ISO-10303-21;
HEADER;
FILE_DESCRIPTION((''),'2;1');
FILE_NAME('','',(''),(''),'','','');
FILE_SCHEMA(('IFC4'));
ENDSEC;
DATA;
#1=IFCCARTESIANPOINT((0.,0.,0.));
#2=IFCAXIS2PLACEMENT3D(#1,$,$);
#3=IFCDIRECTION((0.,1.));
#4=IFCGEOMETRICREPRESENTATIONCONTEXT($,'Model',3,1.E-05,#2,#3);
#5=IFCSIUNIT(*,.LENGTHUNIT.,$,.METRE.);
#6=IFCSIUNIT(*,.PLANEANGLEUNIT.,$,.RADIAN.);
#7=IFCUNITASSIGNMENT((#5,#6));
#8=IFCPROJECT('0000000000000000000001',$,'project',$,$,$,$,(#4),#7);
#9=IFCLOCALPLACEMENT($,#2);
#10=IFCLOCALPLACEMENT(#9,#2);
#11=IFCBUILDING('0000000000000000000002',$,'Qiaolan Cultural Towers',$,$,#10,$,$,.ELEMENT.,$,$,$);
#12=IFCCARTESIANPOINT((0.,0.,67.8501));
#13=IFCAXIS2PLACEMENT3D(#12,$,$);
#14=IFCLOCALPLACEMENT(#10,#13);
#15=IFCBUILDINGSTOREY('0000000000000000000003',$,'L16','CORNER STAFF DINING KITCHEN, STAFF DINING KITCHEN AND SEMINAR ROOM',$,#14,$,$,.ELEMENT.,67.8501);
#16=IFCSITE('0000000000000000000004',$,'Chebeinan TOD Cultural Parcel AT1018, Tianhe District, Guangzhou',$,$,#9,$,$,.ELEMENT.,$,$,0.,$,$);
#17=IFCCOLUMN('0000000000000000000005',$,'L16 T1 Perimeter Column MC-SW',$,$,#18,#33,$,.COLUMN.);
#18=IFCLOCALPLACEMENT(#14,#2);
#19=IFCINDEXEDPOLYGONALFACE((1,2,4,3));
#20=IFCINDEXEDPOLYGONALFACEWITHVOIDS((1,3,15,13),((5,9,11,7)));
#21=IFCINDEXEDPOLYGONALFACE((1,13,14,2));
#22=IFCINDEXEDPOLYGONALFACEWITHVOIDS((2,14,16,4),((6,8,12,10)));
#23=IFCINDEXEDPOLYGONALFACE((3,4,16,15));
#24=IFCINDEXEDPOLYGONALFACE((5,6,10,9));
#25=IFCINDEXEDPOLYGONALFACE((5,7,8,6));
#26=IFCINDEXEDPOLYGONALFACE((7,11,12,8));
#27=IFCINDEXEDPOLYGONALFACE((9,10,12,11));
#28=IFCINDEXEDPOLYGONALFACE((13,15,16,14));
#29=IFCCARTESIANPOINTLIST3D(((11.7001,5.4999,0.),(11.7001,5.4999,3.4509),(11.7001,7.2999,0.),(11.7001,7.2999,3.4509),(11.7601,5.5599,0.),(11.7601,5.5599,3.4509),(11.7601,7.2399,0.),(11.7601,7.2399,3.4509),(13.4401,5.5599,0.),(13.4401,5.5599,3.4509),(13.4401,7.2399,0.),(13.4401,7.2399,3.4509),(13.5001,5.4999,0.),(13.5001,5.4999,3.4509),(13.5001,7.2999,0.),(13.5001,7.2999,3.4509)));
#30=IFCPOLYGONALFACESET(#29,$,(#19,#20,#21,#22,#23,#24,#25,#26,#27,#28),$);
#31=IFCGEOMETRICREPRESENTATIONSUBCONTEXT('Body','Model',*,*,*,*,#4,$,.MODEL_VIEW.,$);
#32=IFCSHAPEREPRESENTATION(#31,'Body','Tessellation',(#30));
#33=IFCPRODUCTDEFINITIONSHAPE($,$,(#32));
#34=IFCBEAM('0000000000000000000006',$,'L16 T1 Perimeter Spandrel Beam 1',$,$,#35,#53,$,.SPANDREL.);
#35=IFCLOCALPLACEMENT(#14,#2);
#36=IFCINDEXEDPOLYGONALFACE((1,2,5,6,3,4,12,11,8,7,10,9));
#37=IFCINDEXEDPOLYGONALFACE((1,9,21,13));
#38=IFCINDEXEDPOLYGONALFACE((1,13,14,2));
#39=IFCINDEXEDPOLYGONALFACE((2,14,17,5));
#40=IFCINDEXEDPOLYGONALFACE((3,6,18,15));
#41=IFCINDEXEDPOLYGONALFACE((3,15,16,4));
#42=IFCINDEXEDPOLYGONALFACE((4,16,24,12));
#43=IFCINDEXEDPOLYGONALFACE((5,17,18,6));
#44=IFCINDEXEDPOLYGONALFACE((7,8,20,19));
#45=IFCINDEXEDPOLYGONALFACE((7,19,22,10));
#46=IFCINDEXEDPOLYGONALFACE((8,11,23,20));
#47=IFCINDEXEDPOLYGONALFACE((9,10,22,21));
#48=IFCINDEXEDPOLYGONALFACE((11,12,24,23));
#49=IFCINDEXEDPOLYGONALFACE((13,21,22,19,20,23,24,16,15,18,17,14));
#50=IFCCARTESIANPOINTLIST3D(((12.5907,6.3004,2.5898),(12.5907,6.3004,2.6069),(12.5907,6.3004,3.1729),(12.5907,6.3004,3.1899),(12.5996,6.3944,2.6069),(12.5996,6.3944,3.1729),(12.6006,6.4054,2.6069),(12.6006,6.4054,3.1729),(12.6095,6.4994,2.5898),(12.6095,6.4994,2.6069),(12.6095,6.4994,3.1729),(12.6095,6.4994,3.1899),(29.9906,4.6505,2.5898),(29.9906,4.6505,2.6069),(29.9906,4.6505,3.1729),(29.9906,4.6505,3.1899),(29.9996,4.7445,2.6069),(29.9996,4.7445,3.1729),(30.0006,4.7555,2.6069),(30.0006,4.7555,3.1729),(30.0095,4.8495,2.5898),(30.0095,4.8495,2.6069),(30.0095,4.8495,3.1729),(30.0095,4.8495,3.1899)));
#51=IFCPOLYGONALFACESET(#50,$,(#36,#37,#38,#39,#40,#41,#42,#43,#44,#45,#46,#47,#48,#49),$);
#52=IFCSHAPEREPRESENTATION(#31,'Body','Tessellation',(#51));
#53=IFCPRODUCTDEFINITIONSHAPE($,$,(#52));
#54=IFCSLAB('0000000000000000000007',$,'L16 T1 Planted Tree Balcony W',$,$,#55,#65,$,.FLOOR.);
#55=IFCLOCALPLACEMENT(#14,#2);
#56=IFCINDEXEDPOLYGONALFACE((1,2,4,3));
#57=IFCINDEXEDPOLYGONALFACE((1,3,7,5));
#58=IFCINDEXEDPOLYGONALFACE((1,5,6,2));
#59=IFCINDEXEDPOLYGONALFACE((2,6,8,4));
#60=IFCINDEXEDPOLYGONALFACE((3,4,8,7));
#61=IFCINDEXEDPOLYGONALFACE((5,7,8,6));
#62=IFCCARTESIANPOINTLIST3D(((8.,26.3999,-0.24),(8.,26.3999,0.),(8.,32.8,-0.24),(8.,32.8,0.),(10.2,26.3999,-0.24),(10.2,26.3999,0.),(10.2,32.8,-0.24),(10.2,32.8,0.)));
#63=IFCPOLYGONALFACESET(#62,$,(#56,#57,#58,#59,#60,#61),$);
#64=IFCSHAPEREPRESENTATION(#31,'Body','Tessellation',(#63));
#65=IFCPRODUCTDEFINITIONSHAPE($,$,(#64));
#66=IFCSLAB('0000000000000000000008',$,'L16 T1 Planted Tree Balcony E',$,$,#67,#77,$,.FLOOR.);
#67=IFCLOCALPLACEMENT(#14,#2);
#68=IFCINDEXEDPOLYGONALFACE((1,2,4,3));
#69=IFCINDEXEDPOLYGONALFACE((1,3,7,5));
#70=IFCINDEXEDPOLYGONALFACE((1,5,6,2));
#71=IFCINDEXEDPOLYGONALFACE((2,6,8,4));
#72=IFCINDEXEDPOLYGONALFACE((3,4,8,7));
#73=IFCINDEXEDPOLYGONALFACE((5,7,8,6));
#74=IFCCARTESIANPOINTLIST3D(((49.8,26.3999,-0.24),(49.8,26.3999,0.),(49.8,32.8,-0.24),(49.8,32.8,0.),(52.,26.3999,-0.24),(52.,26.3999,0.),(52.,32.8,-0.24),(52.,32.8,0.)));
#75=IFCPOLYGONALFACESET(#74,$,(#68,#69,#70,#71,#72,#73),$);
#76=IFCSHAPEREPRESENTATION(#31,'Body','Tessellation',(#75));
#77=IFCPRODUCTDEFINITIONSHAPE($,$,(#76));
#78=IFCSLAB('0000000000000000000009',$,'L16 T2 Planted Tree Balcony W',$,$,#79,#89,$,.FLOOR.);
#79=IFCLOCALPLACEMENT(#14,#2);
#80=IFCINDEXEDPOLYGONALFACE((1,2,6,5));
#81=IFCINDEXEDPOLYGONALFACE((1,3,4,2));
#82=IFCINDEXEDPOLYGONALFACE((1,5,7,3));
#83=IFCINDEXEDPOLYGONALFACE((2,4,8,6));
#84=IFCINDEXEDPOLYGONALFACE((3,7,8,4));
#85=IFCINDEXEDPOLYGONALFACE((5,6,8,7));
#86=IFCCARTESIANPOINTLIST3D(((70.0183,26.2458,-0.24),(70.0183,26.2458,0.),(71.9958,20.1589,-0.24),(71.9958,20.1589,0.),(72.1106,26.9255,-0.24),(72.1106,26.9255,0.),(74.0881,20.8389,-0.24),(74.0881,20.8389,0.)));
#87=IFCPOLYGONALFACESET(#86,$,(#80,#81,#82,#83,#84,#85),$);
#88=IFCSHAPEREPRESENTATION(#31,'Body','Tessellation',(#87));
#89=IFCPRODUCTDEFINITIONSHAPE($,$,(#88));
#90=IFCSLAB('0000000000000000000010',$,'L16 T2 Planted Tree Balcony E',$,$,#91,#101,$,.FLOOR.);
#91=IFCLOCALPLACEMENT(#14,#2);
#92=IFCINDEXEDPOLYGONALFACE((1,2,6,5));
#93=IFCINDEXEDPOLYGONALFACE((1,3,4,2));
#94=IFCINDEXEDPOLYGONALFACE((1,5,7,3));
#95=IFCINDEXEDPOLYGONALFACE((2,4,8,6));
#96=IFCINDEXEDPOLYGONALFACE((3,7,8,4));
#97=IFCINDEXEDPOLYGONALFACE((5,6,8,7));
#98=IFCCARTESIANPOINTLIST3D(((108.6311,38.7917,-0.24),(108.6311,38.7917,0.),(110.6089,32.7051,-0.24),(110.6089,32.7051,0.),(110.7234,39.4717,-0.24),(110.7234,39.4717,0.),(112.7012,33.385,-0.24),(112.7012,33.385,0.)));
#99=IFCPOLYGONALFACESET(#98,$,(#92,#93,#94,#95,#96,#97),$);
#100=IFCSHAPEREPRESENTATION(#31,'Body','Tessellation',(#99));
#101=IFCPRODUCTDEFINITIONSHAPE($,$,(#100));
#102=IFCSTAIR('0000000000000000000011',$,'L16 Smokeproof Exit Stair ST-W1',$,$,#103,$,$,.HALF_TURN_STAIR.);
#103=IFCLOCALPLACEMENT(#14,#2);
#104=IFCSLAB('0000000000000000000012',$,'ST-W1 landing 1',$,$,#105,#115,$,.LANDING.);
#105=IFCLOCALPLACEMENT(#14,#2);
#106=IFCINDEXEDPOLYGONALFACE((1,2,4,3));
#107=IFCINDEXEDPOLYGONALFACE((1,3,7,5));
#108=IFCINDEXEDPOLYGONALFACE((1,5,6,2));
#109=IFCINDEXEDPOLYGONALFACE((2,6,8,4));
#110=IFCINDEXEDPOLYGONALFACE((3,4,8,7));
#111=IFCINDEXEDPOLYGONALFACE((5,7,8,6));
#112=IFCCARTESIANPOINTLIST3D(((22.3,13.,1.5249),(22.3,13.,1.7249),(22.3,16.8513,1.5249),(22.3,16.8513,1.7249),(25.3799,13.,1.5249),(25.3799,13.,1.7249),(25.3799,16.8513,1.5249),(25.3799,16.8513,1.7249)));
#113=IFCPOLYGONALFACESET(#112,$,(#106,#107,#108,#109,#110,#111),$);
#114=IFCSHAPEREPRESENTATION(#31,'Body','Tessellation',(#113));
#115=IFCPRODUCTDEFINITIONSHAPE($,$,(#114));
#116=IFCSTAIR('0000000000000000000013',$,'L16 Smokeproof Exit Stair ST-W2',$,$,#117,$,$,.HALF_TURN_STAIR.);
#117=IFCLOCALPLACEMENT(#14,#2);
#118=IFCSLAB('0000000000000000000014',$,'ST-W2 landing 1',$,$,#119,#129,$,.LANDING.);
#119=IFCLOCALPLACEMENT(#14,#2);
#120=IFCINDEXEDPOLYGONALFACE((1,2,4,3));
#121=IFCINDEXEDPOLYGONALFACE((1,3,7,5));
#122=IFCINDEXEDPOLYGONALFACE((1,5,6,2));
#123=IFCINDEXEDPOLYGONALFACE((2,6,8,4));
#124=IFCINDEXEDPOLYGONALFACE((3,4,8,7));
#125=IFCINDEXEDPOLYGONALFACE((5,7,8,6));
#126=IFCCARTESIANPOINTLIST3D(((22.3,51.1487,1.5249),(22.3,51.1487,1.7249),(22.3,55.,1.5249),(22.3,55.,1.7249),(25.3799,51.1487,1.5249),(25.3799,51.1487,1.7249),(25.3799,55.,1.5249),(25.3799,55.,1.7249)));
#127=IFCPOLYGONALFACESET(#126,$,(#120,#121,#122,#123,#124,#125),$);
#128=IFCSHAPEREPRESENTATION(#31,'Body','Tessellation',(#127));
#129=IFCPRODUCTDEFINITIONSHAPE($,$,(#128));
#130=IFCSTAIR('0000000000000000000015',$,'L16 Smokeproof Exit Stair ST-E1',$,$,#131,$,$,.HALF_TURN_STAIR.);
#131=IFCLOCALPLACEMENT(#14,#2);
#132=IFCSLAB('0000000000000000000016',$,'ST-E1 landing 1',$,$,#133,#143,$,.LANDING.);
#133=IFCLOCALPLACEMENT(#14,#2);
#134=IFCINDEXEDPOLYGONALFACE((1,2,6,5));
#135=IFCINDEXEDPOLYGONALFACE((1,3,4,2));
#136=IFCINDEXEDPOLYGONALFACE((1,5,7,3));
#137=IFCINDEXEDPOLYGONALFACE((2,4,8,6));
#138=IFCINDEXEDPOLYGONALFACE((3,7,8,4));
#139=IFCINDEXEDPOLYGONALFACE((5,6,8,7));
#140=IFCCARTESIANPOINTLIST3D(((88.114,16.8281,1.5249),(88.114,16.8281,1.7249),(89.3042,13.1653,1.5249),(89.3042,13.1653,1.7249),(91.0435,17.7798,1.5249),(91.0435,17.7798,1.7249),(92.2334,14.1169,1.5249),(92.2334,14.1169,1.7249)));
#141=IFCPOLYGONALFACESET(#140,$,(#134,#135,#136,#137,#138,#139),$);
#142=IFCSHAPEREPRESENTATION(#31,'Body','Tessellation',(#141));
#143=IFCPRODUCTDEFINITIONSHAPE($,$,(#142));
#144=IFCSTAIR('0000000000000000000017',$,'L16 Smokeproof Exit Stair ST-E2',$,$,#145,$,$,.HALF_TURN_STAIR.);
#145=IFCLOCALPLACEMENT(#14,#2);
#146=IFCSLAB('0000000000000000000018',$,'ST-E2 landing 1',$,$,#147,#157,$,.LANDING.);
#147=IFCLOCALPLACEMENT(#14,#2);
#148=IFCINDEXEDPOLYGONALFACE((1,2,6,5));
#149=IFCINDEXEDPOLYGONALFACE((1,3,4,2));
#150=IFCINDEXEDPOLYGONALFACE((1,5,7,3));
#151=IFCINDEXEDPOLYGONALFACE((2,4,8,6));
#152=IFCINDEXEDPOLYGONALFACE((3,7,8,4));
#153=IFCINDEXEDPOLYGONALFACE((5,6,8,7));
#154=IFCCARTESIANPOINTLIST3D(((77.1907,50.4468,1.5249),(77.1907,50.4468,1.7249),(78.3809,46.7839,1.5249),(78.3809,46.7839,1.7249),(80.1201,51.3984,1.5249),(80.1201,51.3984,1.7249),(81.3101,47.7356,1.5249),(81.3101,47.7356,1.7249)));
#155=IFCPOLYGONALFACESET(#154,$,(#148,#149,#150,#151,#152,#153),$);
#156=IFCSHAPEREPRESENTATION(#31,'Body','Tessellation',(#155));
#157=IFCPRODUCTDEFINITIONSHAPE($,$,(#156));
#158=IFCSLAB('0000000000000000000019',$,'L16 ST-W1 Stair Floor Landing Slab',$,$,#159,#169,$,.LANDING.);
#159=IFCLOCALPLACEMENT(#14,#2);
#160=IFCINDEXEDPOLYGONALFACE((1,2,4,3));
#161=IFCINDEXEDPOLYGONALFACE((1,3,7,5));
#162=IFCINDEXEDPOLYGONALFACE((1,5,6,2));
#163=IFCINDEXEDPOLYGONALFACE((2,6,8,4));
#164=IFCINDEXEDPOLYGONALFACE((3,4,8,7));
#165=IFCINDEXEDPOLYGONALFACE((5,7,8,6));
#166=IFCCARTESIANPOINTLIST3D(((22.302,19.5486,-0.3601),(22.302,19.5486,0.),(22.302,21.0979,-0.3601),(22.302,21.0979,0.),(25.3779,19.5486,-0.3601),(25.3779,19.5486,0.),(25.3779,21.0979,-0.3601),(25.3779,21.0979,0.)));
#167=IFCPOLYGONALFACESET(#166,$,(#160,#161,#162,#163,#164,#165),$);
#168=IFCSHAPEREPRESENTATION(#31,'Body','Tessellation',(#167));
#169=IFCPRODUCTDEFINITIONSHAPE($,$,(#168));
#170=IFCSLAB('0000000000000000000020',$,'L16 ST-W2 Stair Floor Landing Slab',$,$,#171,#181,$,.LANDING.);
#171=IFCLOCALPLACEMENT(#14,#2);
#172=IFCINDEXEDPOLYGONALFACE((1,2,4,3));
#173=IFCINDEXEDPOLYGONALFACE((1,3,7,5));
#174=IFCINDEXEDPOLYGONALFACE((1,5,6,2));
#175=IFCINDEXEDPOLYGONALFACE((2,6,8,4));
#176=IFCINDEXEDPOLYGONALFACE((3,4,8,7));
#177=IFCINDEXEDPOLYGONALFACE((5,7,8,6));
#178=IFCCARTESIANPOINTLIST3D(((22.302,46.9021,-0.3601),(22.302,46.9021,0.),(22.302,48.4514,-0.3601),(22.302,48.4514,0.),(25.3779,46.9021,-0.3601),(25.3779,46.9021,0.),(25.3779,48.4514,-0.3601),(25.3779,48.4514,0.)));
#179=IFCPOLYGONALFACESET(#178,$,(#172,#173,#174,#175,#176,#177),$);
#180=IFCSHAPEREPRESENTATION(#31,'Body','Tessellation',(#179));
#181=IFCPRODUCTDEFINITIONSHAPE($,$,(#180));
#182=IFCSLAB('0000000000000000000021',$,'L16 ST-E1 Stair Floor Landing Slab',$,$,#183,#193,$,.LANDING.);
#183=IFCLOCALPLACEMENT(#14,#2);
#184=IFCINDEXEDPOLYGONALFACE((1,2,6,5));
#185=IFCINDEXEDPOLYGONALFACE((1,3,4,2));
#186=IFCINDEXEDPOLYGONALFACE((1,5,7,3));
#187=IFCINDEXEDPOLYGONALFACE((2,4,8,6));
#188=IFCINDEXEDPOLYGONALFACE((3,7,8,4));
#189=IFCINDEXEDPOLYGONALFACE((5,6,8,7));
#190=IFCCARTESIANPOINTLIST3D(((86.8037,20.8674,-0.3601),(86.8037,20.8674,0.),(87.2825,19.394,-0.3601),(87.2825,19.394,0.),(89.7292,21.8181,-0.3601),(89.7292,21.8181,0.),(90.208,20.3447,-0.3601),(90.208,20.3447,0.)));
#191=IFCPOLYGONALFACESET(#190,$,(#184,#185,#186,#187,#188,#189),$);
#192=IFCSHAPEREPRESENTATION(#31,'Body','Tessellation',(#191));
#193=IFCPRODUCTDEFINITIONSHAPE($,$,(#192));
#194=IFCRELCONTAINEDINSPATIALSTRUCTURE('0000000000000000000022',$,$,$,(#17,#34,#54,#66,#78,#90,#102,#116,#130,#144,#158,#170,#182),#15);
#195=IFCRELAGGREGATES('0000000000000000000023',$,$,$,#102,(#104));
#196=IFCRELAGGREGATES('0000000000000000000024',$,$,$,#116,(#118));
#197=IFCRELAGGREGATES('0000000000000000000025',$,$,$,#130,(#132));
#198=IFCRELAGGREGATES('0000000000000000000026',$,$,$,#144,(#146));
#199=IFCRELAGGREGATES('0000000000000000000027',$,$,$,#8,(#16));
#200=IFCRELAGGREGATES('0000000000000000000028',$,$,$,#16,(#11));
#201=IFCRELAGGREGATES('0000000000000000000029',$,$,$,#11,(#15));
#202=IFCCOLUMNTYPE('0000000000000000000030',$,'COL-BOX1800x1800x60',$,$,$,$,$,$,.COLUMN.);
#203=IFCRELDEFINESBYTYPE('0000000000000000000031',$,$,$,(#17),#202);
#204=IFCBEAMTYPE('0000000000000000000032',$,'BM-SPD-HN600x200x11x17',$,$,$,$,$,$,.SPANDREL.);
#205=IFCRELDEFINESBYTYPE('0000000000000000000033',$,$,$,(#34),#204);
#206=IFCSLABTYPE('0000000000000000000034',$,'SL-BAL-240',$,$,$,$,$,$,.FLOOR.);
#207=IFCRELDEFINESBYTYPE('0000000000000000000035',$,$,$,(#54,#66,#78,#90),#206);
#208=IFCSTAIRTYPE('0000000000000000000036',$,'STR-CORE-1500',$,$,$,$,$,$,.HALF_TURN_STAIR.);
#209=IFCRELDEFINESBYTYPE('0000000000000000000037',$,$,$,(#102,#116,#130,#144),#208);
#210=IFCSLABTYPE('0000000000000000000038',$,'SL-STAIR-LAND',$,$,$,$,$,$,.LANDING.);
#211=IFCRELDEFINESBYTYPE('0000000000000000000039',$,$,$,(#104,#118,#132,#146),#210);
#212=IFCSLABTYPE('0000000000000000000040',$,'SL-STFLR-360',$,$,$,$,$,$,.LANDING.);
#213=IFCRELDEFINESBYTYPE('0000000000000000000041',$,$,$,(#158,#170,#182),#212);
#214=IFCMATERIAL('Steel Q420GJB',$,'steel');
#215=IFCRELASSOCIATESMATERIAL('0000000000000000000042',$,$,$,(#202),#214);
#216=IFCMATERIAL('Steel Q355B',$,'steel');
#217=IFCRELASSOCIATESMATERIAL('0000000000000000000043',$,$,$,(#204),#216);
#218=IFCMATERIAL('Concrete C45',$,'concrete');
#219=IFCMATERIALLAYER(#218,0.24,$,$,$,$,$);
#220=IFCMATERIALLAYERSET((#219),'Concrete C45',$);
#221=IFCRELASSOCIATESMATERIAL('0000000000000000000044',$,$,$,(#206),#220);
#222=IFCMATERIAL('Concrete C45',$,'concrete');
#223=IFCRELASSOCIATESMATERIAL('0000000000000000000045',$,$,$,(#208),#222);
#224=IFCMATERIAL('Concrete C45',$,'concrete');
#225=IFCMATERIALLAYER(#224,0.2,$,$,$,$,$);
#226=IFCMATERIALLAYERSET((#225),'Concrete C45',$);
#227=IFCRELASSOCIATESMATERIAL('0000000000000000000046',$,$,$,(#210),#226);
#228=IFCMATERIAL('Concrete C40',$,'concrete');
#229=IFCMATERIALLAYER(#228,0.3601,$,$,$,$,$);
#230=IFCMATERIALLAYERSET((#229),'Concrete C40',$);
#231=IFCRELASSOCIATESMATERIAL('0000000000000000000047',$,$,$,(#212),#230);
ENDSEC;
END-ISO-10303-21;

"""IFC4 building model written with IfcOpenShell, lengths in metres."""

from ifc_helpers import new_model, si_unit, direction, frame, origin, origin_2d, place, context, subcontext, project, spatial, polyline, hollow_rectangle, i_section, outline, extrude, material, layer, layer_set, material_profile, profile_set, type_object, element, aggregate, save


model = new_model("IFC4")

# Units and contexts
model_context = context("Model", 3, precision=1e-05, world=origin(), true_north=direction((0.0, 1.0)))
body_context = subcontext(model_context, "Body", "Model", "MODEL_VIEW")
ifc_project = project(units=[si_unit("LENGTHUNIT", "METRE"), si_unit("PLANEANGLEUNIT", "RADIAN")], contexts=[model_context])

# Site, building, storey
site_placement = place(None, origin())
site = spatial("IfcSite", under=ifc_project, at=site_placement, Name="Chebeinan TOD Cultural Parcel AT1018, Tianhe District, Guangzhou", CompositionType="ELEMENT", RefElevation=0.0)
building_placement = place(site_placement, origin())
building = spatial("IfcBuilding", under=site, at=building_placement, Name="Qiaolan Cultural Towers", CompositionType="ELEMENT")
storey_placement = place(building_placement, frame((0.0, 0.0, 67.8501)))
storey = spatial("IfcBuildingStorey", under=building, at=storey_placement, Name="L16", Description="CORNER STAFF DINING KITCHEN, STAFF DINING KITCHEN AND SEMINAR ROOM", CompositionType="ELEMENT", Elevation=67.8501)

# Column
ifc_material_1 = material(Name="Steel Q420GJB", Category="steel")
ifc_material_profile_1 = material_profile(ifc_material_1, hollow_rectangle(XDim=1.8, YDim=1.8, WallThickness=0.0601, at=origin_2d()), Name="BOX1800x1800x60")
ifc_profile_set_1 = profile_set([ifc_material_profile_1], Name="Steel Q420GJB")
column_type = type_object("IfcColumnType", Name="COL-BOX1800x1800x60", PredefinedType="COLUMN", material=ifc_profile_set_1)
column_placement = place(storey_placement, frame((12.6001, 6.3999, 0.0), z_axis=(0.0, 0.0, 1.0), x_axis=(1.0, 0.0, 0.0)))
element("IfcColumn", 1, at=column_placement, inside=storey, type_object=column_type, Name="L16 T1 Perimeter Column MC-SW", PredefinedType="COLUMN", context=body_context, shape_type="SweptSolid", body=[
    extrude(hollow_rectangle(XDim=1.8, YDim=1.8, WallThickness=0.0601, at=origin_2d()), origin(), (0.0, 0.0, 1.0), 3.4509),
])

# Beam
ifc_material_2 = material(Name="Steel Q355B", Category="steel")
ifc_material_profile_2 = material_profile(ifc_material_2, i_section(OverallWidth=0.2, OverallDepth=0.6001, WebThickness=0.011, FlangeThickness=0.0171, at=origin_2d()), Name="HN600x200x11x17")
ifc_profile_set_2 = profile_set([ifc_material_profile_2], Name="Steel Q355B")
beam_type = type_object("IfcBeamType", Name="BM-SPD-HN600x200x11x17", PredefinedType="SPANDREL", material=ifc_profile_set_2)
beam_placement = place(storey_placement, frame((12.6001, 6.3999, 2.8899), z_axis=(0.995534, -0.094399, 0.0), x_axis=(0.094399, 0.995534, 0.0)))
element("IfcBeam", 2, at=beam_placement, inside=storey, type_object=beam_type, Name="L16 T1 Perimeter Spandrel Beam 1", PredefinedType="SPANDREL", context=body_context, shape_type="SweptSolid", body=[
    extrude(i_section(OverallWidth=0.2, OverallDepth=0.6001, WebThickness=0.011, FlangeThickness=0.0171, at=origin_2d()), origin(), (0.0, 0.0, 1.0), 17.478),
])

# Slabs
ifc_material_3 = material(Name="Concrete C45", Category="concrete")
ifc_layer_1 = layer(ifc_material_3, 0.24)
ifc_layer_set_1 = layer_set([ifc_layer_1], Name="Concrete C45")
slab_type_1 = type_object("IfcSlabType", Name="SL-BAL-240", PredefinedType="FLOOR", material=ifc_layer_set_1)
slab_1_placement = place(storey_placement, frame((0.0, 0.0, -0.24)))
element("IfcSlab", 3, at=slab_1_placement, inside=storey, type_object=slab_type_1, Name="L16 T1 Planted Tree Balcony W", PredefinedType="FLOOR", context=body_context, shape_type="SweptSolid", body=[
    extrude(outline(polyline([(8.0, 26.3999), (10.2, 26.3999), (10.2, 32.8), (8.0, 32.8), (8.0, 26.3999)])), origin(), (0.0, 0.0, 1.0), 0.24),
])
slab_2_placement = place(storey_placement, frame((0.0, 0.0, -0.24)))
element("IfcSlab", 4, at=slab_2_placement, inside=storey, type_object=slab_type_1, Name="L16 T1 Planted Tree Balcony E", PredefinedType="FLOOR", context=body_context, shape_type="SweptSolid", body=[
    extrude(outline(polyline([(49.8, 26.3999), (52.0, 26.3999), (52.0, 32.8), (49.8, 32.8), (49.8, 26.3999)])), origin(), (0.0, 0.0, 1.0), 0.24),
])
slab_3_placement = place(storey_placement, frame((0.0, 0.0, -0.24)))
element("IfcSlab", 5, at=slab_3_placement, inside=storey, type_object=slab_type_1, Name="L16 T2 Planted Tree Balcony W", PredefinedType="FLOOR", context=body_context, shape_type="SweptSolid", body=[
    extrude(outline(polyline([(71.9958, 20.1589), (74.0881, 20.8389), (72.1106, 26.9255), (70.0183, 26.2458), (71.9958, 20.1589)])), origin(), (0.0, 0.0, 1.0), 0.24),
])
slab_4_placement = place(storey_placement, frame((0.0, 0.0, -0.24)))
element("IfcSlab", 6, at=slab_4_placement, inside=storey, type_object=slab_type_1, Name="L16 T2 Planted Tree Balcony E", PredefinedType="FLOOR", context=body_context, shape_type="SweptSolid", body=[
    extrude(outline(polyline([(110.6089, 32.7051), (112.7012, 33.385), (110.7234, 39.4717), (108.6311, 38.7917), (110.6089, 32.7051)])), origin(), (0.0, 0.0, 1.0), 0.24),
])

# Stairs, slabs
ifc_material_4 = material(Name="Concrete C45", Category="concrete")
stair_type = type_object("IfcStairType", Name="STR-CORE-1500", PredefinedType="HALF_TURN_STAIR", material=ifc_material_4)
stair_1_placement = place(storey_placement, origin())
stair_1 = element("IfcStair", 7, at=stair_1_placement, inside=storey, type_object=stair_type, Name="L16 Smokeproof Exit Stair ST-W1", PredefinedType="HALF_TURN_STAIR")
ifc_material_5 = material(Name="Concrete C45", Category="concrete")
ifc_layer_2 = layer(ifc_material_5, 0.2)
ifc_layer_set_2 = layer_set([ifc_layer_2], Name="Concrete C45")
slab_type_2 = type_object("IfcSlabType", Name="SL-STAIR-LAND", PredefinedType="LANDING", material=ifc_layer_set_2)
slab_5_placement = place(storey_placement, frame((0.0, 0.0, 1.5249)))
slab_5 = element("IfcSlab", 8, at=slab_5_placement, type_object=slab_type_2, Name="ST-W1 landing 1", PredefinedType="LANDING", context=body_context, shape_type="SweptSolid", body=[
    extrude(outline(polyline([(22.3, 16.8513), (22.3, 13.0), (25.3799, 13.0), (25.3799, 16.8513), (22.3, 16.8513)])), origin(), (0.0, 0.0, 1.0), 0.2),
])
aggregate(stair_1, [slab_5])
stair_2_placement = place(storey_placement, origin())
stair_2 = element("IfcStair", 9, at=stair_2_placement, inside=storey, type_object=stair_type, Name="L16 Smokeproof Exit Stair ST-W2", PredefinedType="HALF_TURN_STAIR")
slab_6_placement = place(storey_placement, frame((0.0, 0.0, 1.5249)))
slab_6 = element("IfcSlab", 10, at=slab_6_placement, type_object=slab_type_2, Name="ST-W2 landing 1", PredefinedType="LANDING", context=body_context, shape_type="SweptSolid", body=[
    extrude(outline(polyline([(25.3799, 51.1487), (25.3799, 55.0), (22.3, 55.0), (22.3, 51.1487), (25.3799, 51.1487)])), origin(), (0.0, 0.0, 1.0), 0.2),
])
aggregate(stair_2, [slab_6])
stair_3_placement = place(storey_placement, origin())
stair_3 = element("IfcStair", 11, at=stair_3_placement, inside=storey, type_object=stair_type, Name="L16 Smokeproof Exit Stair ST-E1", PredefinedType="HALF_TURN_STAIR")
slab_7_placement = place(storey_placement, frame((0.0, 0.0, 1.5249)))
slab_7 = element("IfcSlab", 12, at=slab_7_placement, type_object=slab_type_2, Name="ST-E1 landing 1", PredefinedType="LANDING", context=body_context, shape_type="SweptSolid", body=[
    extrude(outline(polyline([(88.114, 16.8281), (89.3042, 13.1653), (92.2334, 14.1169), (91.0435, 17.7798), (88.114, 16.8281)])), origin(), (0.0, 0.0, 1.0), 0.2),
])
aggregate(stair_3, [slab_7])
stair_4_placement = place(storey_placement, origin())
stair_4 = element("IfcStair", 13, at=stair_4_placement, inside=storey, type_object=stair_type, Name="L16 Smokeproof Exit Stair ST-E2", PredefinedType="HALF_TURN_STAIR")
slab_8_placement = place(storey_placement, frame((0.0, 0.0, 1.5249)))
slab_8 = element("IfcSlab", 14, at=slab_8_placement, type_object=slab_type_2, Name="ST-E2 landing 1", PredefinedType="LANDING", context=body_context, shape_type="SweptSolid", body=[
    extrude(outline(polyline([(81.3101, 47.7356), (80.1201, 51.3984), (77.1907, 50.4468), (78.3809, 46.7839), (81.3101, 47.7356)])), origin(), (0.0, 0.0, 1.0), 0.2),
])
aggregate(stair_4, [slab_8])

# Slabs
ifc_material_6 = material(Name="Concrete C40", Category="concrete")
ifc_layer_3 = layer(ifc_material_6, 0.3601)
ifc_layer_set_3 = layer_set([ifc_layer_3], Name="Concrete C40")
slab_type_3 = type_object("IfcSlabType", Name="SL-STFLR-360", PredefinedType="LANDING", material=ifc_layer_set_3)
slab_9_placement = place(storey_placement, frame((0.0, 0.0, -0.3601)))
element("IfcSlab", 15, at=slab_9_placement, inside=storey, type_object=slab_type_3, Name="L16 ST-W1 Stair Floor Landing Slab", PredefinedType="LANDING", context=body_context, shape_type="SweptSolid", body=[
    extrude(outline(polyline([(22.302, 21.0979), (22.302, 19.5486), (25.3779, 19.5486), (25.3779, 21.0979), (22.302, 21.0979)])), origin(), (0.0, 0.0, 1.0), 0.3601),
])
slab_10_placement = place(storey_placement, frame((0.0, 0.0, -0.3601)))
element("IfcSlab", 16, at=slab_10_placement, inside=storey, type_object=slab_type_3, Name="L16 ST-W2 Stair Floor Landing Slab", PredefinedType="LANDING", context=body_context, shape_type="SweptSolid", body=[
    extrude(outline(polyline([(25.3779, 46.9021), (25.3779, 48.4514), (22.302, 48.4514), (22.302, 46.9021), (25.3779, 46.9021)])), origin(), (0.0, 0.0, 1.0), 0.3601),
])
slab_11_placement = place(storey_placement, frame((0.0, 0.0, -0.3601)))
element("IfcSlab", 17, at=slab_11_placement, inside=storey, type_object=slab_type_3, Name="L16 ST-E1 Stair Floor Landing Slab", PredefinedType="LANDING", context=body_context, shape_type="SweptSolid", body=[
    extrude(outline(polyline([(86.8037, 20.8674), (87.2825, 19.394), (90.208, 20.3447), (89.7292, 21.8181), (86.8037, 20.8674)])), origin(), (0.0, 0.0, 1.0), 0.3601),
])

save(model, "model.ifc")
